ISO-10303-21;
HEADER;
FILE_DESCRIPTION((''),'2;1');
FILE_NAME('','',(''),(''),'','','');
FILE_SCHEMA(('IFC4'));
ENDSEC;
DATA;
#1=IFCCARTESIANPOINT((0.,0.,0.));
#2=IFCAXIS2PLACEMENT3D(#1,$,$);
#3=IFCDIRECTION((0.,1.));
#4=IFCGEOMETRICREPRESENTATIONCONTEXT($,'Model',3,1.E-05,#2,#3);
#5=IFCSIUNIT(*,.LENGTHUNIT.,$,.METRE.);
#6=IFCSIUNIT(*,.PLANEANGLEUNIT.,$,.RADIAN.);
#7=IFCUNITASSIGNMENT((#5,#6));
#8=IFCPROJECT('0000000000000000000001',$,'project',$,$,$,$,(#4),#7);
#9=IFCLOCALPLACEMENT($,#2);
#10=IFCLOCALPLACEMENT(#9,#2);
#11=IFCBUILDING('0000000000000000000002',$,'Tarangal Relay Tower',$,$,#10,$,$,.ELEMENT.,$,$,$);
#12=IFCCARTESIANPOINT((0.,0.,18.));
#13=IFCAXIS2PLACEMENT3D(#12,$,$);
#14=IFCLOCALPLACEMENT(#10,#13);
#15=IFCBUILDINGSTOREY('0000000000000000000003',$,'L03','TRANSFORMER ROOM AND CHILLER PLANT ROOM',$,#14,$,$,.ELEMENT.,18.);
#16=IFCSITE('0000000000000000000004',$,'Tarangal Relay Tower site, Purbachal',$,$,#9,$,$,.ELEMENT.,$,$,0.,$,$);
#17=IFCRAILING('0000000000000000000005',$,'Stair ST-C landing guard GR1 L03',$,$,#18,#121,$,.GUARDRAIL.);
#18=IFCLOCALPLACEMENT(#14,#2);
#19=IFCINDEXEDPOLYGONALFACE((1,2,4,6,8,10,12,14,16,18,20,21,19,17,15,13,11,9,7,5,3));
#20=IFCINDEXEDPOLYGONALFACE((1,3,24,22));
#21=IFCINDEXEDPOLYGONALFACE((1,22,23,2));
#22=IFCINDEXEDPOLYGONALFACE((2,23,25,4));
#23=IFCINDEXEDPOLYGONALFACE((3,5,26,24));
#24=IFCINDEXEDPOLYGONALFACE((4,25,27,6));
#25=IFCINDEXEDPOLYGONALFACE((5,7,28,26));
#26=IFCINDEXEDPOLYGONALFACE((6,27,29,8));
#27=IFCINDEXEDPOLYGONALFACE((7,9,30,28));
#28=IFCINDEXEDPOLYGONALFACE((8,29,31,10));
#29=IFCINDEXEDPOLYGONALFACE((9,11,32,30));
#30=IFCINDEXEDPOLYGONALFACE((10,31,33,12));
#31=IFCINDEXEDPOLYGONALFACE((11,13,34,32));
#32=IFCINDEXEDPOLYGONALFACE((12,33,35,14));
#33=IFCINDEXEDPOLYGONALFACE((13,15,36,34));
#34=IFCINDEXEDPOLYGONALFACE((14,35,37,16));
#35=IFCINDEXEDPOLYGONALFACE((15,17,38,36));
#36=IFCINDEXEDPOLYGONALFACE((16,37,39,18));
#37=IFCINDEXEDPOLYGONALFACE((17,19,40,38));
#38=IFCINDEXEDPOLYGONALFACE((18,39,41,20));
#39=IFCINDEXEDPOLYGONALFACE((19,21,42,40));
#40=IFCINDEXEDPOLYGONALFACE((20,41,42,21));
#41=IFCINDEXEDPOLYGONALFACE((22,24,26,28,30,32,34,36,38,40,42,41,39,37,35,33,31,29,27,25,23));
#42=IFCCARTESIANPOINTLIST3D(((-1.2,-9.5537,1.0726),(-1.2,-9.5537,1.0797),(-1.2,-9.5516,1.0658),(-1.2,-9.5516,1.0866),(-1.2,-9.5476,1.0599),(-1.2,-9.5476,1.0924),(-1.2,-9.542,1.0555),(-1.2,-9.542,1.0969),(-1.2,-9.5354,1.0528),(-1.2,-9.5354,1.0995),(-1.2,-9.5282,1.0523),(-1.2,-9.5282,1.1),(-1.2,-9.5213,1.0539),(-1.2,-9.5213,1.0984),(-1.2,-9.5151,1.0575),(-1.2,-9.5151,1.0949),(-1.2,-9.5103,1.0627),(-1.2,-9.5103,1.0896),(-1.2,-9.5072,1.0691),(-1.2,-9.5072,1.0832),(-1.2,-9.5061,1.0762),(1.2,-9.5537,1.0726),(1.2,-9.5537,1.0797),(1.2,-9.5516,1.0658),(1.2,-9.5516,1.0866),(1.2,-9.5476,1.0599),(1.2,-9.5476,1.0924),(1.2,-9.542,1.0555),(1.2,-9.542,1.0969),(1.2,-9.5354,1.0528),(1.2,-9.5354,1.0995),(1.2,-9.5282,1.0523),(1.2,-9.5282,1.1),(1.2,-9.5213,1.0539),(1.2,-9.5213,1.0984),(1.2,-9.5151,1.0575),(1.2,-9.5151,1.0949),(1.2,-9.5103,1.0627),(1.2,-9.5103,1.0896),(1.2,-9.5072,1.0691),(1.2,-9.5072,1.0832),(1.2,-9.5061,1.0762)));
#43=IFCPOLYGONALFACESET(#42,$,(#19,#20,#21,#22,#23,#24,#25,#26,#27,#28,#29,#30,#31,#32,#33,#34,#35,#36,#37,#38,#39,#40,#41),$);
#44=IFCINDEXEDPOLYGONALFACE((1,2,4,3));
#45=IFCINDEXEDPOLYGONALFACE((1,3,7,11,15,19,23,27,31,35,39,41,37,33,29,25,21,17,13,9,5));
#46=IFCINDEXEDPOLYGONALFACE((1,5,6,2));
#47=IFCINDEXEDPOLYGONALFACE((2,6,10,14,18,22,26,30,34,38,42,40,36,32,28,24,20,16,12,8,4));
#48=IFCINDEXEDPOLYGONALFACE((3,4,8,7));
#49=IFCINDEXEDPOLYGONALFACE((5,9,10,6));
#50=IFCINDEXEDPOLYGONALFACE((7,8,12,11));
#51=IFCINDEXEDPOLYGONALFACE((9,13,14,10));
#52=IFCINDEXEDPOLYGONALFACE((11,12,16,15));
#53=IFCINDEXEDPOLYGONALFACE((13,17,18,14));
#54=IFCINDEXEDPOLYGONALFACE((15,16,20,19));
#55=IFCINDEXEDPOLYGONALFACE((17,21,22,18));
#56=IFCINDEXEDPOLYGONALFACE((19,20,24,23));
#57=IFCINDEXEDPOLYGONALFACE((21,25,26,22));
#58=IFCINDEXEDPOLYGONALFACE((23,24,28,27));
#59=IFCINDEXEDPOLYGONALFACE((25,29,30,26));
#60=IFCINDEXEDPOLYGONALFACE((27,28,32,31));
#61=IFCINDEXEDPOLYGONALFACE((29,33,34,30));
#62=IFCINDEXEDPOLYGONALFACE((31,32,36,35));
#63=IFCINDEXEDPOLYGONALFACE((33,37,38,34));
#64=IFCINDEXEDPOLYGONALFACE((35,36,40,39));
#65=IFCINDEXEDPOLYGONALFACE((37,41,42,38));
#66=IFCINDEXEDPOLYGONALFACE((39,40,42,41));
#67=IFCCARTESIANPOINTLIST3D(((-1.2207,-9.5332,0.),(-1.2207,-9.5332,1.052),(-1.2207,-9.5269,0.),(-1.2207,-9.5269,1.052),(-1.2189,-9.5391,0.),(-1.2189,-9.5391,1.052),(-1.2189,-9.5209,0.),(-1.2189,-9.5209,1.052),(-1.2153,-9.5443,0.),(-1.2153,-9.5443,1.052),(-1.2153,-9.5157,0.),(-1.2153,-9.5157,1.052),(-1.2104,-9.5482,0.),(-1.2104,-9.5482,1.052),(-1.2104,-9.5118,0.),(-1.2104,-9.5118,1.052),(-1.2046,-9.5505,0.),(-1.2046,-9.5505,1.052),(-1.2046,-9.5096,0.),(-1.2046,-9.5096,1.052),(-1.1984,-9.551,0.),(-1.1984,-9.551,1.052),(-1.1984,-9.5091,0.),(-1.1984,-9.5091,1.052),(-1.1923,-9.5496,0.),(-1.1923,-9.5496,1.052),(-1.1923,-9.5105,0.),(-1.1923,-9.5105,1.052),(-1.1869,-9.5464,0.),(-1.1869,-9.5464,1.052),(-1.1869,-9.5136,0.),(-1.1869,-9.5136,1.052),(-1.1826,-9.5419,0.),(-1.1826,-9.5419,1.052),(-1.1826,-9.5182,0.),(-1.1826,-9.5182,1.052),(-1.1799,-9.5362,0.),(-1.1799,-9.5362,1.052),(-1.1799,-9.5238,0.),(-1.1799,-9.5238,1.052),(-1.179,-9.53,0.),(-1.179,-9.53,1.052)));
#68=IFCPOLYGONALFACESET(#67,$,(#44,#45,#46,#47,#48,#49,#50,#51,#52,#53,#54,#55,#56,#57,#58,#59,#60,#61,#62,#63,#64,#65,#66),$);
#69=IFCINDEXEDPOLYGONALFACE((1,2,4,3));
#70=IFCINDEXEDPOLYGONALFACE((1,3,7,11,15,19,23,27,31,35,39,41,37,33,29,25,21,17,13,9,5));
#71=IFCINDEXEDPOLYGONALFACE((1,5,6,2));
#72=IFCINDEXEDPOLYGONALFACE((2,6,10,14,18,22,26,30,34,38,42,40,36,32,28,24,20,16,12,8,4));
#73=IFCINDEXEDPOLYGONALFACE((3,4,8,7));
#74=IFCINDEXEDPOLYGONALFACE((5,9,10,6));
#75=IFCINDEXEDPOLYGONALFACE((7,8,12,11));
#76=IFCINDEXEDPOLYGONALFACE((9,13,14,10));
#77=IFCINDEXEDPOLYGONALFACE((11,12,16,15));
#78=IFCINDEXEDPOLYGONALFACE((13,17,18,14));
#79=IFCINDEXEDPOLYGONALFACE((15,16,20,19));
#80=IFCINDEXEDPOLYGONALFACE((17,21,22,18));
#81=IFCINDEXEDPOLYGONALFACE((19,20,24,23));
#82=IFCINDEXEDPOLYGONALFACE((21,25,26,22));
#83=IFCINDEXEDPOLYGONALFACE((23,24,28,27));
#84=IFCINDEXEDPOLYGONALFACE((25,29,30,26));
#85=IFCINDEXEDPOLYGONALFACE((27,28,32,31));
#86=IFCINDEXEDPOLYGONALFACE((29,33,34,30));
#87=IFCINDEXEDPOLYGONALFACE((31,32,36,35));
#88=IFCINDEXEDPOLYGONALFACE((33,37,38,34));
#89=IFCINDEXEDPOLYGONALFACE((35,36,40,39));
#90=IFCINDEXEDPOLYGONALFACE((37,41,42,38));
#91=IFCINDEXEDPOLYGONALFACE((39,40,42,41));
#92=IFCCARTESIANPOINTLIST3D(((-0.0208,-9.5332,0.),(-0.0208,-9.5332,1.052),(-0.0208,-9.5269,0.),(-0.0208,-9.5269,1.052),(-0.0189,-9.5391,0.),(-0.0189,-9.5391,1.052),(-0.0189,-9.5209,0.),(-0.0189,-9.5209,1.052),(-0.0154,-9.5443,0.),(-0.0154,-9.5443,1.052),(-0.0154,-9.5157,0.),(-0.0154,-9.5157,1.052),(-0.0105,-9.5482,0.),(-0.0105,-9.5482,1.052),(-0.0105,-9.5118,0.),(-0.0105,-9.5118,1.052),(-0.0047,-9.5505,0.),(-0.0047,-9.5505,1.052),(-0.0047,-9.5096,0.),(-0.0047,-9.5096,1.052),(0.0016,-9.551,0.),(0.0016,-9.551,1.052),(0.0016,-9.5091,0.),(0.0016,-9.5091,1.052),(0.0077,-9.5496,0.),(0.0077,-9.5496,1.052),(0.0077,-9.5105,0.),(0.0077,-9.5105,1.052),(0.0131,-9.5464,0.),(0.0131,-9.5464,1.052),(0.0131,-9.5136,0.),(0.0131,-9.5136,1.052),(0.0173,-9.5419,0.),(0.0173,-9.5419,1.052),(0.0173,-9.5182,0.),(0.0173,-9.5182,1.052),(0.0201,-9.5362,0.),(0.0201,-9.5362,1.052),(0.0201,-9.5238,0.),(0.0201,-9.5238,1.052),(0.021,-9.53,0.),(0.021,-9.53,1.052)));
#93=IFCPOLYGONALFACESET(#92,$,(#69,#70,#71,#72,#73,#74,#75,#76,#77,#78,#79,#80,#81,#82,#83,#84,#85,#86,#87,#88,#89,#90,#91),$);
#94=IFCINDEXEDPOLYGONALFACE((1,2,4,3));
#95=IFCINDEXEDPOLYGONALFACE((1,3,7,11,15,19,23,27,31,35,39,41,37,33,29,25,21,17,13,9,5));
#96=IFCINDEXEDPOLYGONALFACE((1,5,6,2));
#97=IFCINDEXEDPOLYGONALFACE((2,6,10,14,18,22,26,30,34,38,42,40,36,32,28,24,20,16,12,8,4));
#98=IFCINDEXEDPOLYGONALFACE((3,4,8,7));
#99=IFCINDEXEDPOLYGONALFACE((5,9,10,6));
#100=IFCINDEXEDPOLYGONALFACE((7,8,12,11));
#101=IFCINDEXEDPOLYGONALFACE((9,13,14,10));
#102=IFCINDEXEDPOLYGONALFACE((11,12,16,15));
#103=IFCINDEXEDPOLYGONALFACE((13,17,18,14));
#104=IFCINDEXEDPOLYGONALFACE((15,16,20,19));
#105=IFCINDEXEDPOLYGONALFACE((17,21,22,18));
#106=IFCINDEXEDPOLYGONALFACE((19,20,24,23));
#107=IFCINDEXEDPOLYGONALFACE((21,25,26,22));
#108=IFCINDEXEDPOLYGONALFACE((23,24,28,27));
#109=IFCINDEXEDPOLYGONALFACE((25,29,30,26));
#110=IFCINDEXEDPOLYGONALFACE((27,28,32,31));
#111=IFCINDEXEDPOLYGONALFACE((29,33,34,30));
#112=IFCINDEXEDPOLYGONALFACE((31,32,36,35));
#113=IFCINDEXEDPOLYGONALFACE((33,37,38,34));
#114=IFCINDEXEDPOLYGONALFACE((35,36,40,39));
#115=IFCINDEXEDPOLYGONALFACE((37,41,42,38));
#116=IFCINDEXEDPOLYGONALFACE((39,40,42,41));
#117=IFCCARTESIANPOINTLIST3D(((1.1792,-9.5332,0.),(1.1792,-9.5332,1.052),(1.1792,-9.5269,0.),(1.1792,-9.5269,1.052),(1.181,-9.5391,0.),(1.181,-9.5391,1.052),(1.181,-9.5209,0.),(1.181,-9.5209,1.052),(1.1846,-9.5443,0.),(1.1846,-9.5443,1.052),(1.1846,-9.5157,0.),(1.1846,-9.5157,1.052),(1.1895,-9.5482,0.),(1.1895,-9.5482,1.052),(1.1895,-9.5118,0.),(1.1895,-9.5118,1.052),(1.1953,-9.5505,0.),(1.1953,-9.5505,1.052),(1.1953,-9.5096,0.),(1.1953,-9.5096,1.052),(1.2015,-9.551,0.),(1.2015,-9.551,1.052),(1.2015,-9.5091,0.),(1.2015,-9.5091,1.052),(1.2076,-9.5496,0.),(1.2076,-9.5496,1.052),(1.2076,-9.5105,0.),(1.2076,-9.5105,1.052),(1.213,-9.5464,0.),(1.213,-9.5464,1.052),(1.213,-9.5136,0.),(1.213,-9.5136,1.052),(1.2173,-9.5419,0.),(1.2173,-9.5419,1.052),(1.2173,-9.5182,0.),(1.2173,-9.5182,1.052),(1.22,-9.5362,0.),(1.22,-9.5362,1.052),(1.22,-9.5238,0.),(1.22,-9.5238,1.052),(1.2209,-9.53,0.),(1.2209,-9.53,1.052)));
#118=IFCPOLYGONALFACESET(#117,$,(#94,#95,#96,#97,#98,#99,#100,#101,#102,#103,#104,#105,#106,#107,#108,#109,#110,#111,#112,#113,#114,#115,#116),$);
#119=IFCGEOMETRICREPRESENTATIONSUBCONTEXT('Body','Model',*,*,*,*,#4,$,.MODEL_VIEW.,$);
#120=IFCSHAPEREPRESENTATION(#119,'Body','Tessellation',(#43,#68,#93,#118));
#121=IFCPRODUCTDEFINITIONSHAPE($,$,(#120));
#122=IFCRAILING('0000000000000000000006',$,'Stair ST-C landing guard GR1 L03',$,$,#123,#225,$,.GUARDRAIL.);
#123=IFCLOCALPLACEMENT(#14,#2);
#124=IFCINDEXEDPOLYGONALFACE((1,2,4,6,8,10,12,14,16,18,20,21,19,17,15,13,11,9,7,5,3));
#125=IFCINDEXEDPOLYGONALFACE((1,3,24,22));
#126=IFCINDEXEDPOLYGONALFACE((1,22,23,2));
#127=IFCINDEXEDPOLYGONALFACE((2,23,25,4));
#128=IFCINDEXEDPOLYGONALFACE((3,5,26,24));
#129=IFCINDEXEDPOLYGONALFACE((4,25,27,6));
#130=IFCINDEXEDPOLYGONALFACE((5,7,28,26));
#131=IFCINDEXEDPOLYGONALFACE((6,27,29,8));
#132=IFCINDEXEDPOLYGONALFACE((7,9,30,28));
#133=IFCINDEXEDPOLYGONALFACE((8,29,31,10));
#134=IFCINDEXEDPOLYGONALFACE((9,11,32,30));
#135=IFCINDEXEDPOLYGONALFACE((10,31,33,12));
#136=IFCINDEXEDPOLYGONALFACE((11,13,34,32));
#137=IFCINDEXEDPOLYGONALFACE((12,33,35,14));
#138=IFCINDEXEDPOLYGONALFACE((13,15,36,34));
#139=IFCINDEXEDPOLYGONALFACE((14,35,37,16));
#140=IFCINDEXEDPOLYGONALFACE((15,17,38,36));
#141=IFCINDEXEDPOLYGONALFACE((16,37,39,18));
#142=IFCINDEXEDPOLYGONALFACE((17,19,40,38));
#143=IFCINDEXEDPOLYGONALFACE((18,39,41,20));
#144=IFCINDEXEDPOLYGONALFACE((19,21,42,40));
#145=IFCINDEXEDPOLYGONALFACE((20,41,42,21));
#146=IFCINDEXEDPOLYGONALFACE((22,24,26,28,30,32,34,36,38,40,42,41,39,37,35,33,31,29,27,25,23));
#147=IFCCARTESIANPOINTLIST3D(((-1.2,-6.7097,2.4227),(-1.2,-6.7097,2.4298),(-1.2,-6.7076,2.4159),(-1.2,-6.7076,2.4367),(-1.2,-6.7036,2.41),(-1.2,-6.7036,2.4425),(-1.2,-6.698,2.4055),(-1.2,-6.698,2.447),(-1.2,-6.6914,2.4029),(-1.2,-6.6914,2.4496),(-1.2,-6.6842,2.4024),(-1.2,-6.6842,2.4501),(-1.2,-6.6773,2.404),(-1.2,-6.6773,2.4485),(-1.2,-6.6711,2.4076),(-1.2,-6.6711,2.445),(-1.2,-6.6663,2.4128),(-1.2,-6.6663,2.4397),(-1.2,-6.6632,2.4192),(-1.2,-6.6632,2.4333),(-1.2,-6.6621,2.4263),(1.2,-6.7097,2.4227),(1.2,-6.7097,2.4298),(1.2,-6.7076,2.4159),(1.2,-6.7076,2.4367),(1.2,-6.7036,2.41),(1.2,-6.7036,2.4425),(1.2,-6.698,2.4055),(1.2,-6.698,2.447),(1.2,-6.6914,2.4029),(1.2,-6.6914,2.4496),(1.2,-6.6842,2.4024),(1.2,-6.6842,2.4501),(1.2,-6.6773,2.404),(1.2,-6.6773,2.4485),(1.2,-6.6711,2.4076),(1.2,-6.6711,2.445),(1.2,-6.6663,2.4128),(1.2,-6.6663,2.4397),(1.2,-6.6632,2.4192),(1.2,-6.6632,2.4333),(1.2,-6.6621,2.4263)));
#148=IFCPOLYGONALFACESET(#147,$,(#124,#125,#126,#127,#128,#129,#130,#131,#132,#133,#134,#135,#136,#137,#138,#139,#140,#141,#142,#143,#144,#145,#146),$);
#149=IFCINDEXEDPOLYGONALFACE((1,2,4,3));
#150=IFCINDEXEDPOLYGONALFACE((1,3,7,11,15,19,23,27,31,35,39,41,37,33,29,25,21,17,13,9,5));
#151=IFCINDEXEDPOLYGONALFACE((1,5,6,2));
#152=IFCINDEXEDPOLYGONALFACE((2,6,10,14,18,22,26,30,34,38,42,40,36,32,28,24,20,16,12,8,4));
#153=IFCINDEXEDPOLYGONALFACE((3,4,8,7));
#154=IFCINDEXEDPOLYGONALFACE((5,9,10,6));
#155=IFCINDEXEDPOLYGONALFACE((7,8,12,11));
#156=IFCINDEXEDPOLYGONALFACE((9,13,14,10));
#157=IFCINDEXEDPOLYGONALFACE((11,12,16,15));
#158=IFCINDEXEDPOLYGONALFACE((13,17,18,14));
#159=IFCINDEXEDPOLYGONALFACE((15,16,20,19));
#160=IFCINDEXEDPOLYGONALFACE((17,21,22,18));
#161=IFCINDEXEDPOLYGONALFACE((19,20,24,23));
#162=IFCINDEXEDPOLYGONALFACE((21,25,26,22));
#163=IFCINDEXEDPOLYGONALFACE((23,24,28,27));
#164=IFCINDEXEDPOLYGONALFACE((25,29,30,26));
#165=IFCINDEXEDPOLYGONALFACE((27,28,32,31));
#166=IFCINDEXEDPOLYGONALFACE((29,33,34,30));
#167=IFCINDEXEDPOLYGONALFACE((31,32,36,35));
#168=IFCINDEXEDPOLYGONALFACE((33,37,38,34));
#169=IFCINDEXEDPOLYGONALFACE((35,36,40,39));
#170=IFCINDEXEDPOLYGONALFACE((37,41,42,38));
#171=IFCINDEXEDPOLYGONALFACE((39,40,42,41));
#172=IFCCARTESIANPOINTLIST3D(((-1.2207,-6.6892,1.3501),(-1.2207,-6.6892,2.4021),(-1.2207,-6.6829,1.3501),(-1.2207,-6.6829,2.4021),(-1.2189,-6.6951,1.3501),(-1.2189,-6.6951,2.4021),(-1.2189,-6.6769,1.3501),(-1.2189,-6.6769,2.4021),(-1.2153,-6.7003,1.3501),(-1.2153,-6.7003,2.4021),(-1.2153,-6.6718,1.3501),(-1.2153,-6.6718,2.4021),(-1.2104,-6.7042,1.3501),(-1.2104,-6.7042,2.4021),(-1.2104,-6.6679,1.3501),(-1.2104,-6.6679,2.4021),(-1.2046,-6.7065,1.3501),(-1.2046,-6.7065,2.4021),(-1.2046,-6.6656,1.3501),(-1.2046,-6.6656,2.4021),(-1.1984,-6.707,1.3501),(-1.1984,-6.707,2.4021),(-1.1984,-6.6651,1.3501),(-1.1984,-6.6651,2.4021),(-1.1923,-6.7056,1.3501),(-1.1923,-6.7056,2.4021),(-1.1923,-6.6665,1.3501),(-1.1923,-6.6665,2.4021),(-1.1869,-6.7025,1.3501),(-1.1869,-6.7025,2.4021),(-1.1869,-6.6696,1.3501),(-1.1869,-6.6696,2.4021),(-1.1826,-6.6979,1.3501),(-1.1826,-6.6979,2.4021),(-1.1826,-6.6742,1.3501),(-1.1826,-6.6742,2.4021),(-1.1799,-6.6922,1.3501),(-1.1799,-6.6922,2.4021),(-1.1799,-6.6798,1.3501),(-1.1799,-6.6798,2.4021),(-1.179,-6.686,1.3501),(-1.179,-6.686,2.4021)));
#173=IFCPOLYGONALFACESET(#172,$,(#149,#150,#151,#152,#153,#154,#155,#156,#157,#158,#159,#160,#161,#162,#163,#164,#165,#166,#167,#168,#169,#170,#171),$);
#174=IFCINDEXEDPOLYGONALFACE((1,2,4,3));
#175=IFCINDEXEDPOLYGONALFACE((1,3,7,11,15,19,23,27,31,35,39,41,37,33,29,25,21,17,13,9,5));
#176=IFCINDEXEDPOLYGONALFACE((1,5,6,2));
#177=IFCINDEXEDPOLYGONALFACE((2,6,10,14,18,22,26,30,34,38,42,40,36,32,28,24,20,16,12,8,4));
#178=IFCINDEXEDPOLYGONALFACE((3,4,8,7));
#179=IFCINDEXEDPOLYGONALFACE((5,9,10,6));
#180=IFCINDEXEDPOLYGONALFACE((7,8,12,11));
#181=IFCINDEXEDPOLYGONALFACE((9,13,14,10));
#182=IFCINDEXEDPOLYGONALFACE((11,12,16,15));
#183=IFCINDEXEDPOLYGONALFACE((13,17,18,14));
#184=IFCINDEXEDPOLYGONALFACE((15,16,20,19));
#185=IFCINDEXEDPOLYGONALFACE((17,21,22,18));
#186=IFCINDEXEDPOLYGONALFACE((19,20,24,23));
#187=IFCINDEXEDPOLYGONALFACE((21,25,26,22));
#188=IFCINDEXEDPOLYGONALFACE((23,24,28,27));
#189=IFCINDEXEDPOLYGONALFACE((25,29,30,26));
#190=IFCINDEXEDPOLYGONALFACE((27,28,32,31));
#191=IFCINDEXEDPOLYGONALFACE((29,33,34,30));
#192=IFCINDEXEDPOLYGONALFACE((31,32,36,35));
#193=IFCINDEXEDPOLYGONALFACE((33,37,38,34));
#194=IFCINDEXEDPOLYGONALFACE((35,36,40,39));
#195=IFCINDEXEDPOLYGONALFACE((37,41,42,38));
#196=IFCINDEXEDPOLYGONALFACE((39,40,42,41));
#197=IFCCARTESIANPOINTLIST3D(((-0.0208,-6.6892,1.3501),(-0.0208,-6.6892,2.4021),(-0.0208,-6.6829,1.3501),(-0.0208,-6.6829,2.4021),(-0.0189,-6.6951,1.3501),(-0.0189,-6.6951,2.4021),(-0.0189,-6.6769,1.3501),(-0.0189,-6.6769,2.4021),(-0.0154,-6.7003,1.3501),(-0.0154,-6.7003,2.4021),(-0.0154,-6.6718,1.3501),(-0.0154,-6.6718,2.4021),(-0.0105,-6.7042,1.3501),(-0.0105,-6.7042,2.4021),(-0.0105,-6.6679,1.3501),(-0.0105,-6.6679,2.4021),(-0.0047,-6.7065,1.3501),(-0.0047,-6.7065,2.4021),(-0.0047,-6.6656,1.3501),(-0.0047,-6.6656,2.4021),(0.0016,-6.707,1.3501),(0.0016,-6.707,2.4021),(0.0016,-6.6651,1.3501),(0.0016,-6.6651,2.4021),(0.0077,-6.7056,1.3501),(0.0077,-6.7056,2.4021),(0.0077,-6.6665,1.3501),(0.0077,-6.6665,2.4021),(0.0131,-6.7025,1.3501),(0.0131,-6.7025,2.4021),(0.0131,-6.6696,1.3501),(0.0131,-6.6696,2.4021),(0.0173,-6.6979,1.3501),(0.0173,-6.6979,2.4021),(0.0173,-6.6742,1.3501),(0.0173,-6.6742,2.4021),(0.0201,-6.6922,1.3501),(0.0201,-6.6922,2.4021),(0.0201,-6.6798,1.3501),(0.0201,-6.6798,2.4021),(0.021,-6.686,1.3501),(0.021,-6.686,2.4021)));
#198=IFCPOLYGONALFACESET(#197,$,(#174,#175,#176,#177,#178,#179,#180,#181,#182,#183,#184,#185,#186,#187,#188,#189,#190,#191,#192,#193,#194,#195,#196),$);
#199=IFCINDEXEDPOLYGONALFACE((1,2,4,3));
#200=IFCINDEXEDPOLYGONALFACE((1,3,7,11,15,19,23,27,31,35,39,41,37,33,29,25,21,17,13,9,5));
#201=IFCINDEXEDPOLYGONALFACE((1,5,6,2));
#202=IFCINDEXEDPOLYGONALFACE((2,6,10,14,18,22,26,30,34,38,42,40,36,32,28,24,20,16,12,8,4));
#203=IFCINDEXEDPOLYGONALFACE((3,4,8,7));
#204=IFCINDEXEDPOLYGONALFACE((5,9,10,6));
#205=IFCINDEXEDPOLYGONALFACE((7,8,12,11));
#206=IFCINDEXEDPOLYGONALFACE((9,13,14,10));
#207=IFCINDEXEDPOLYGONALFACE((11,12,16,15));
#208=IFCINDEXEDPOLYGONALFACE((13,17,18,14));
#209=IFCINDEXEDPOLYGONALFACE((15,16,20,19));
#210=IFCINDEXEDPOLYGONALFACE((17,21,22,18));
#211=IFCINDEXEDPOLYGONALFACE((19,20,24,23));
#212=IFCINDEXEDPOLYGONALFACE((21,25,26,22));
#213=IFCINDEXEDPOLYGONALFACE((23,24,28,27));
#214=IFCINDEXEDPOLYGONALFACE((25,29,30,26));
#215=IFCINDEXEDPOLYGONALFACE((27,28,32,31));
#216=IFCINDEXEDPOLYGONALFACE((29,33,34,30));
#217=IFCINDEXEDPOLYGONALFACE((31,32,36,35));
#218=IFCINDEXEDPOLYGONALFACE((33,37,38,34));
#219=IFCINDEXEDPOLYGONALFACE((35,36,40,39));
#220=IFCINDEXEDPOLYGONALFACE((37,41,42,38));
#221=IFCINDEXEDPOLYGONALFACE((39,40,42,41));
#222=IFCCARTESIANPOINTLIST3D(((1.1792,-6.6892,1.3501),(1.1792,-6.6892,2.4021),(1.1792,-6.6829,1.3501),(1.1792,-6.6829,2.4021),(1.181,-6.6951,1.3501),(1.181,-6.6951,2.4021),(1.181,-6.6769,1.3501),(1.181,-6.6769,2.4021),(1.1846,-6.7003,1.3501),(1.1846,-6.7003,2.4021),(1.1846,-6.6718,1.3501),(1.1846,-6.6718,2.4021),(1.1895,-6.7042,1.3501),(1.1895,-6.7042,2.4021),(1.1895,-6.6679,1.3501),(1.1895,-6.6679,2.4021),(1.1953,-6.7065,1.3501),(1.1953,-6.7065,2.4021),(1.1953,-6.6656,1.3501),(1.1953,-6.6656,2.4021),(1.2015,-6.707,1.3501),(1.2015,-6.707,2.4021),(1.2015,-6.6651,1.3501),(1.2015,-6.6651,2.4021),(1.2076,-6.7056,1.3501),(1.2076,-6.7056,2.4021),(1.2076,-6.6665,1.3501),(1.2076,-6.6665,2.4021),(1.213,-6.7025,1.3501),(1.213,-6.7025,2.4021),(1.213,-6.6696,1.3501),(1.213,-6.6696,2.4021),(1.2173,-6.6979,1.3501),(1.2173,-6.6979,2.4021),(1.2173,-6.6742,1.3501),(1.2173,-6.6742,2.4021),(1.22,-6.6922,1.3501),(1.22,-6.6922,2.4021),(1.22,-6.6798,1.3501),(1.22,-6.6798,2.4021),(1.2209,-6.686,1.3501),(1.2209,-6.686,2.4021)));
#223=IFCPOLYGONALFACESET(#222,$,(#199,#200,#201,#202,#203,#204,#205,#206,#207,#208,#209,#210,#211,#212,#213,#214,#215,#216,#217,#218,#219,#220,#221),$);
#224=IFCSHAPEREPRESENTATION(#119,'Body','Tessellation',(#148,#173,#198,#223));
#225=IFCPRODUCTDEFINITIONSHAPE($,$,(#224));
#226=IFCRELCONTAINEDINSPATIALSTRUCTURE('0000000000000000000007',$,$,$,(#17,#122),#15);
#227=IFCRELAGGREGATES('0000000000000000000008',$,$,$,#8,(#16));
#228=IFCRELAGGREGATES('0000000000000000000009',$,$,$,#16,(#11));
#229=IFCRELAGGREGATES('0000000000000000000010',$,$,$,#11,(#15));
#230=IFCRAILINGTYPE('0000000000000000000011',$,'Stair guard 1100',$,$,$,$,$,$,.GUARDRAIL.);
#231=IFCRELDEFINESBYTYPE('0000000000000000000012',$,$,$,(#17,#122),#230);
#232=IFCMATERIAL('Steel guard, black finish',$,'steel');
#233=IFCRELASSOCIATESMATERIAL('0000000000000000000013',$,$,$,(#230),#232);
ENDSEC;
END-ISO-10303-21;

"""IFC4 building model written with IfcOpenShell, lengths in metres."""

from ifc_helpers import new_model, si_unit, direction, frame, origin, origin_2d, place, context, subcontext, project, spatial, circle, extrude, material, type_object, element, save


model = new_model("IFC4")

# Units and contexts
model_context = context("Model", 3, precision=1e-05, world=origin(), true_north=direction((0.0, 1.0)))
body_context = subcontext(model_context, "Body", "Model", "MODEL_VIEW")
ifc_project = project(units=[si_unit("LENGTHUNIT", "METRE"), si_unit("PLANEANGLEUNIT", "RADIAN")], contexts=[model_context])

# Site, building, storey
site_placement = place(None, origin())
site = spatial("IfcSite", under=ifc_project, at=site_placement, Name="Tarangal Relay Tower site, Purbachal", CompositionType="ELEMENT", RefElevation=0.0)
building_placement = place(site_placement, origin())
building = spatial("IfcBuilding", under=site, at=building_placement, Name="Tarangal Relay Tower", CompositionType="ELEMENT")
storey_placement = place(building_placement, frame((0.0, 0.0, 18.0)))
storey = spatial("IfcBuildingStorey", under=building, at=storey_placement, Name="L03", Description="TRANSFORMER ROOM AND CHILLER PLANT ROOM", CompositionType="ELEMENT", Elevation=18.0)

# Railings
ifc_material_1 = material(Name="Steel guard, black finish", Category="steel")
railing_type_1 = type_object("IfcRailingType", Name="Stair guard 1100", PredefinedType="GUARDRAIL", material=ifc_material_1)
for number, where, name in (
    (1, (-1.2, -9.53, 0.0), "Stair ST-C landing guard GR1 L03"),
    (2, (-1.2, -6.686, 1.3501), "Stair ST-C landing guard GR1 L03"),
):
    element("IfcRailing", number, at=place(storey_placement, frame(where)), inside=storey, type_object=railing_type_1, Name=name, PredefinedType="GUARDRAIL", context=body_context, shape_type="SweptSolid", body=[
        extrude(circle(Radius=0.0239, at=origin_2d()), frame((0.0, 0.0, 1.0762), z_axis=(1.0, 0.0, 0.0), x_axis=(0.0, 1.0, 0.0)), (0.0, 0.0, 1.0), 2.3999),
        extrude(circle(Radius=0.021, at=origin_2d()), origin(), (0.0, 0.0, 1.0), 1.052),
        extrude(circle(Radius=0.021, at=origin_2d()), frame((1.2, 0.0, 0.0)), (0.0, 0.0, 1.0), 1.052),
        extrude(circle(Radius=0.021, at=origin_2d()), frame((2.3999, 0.0, 0.0)), (0.0, 0.0, 1.0), 1.052),
    ])

save(model, "model.ifc")
